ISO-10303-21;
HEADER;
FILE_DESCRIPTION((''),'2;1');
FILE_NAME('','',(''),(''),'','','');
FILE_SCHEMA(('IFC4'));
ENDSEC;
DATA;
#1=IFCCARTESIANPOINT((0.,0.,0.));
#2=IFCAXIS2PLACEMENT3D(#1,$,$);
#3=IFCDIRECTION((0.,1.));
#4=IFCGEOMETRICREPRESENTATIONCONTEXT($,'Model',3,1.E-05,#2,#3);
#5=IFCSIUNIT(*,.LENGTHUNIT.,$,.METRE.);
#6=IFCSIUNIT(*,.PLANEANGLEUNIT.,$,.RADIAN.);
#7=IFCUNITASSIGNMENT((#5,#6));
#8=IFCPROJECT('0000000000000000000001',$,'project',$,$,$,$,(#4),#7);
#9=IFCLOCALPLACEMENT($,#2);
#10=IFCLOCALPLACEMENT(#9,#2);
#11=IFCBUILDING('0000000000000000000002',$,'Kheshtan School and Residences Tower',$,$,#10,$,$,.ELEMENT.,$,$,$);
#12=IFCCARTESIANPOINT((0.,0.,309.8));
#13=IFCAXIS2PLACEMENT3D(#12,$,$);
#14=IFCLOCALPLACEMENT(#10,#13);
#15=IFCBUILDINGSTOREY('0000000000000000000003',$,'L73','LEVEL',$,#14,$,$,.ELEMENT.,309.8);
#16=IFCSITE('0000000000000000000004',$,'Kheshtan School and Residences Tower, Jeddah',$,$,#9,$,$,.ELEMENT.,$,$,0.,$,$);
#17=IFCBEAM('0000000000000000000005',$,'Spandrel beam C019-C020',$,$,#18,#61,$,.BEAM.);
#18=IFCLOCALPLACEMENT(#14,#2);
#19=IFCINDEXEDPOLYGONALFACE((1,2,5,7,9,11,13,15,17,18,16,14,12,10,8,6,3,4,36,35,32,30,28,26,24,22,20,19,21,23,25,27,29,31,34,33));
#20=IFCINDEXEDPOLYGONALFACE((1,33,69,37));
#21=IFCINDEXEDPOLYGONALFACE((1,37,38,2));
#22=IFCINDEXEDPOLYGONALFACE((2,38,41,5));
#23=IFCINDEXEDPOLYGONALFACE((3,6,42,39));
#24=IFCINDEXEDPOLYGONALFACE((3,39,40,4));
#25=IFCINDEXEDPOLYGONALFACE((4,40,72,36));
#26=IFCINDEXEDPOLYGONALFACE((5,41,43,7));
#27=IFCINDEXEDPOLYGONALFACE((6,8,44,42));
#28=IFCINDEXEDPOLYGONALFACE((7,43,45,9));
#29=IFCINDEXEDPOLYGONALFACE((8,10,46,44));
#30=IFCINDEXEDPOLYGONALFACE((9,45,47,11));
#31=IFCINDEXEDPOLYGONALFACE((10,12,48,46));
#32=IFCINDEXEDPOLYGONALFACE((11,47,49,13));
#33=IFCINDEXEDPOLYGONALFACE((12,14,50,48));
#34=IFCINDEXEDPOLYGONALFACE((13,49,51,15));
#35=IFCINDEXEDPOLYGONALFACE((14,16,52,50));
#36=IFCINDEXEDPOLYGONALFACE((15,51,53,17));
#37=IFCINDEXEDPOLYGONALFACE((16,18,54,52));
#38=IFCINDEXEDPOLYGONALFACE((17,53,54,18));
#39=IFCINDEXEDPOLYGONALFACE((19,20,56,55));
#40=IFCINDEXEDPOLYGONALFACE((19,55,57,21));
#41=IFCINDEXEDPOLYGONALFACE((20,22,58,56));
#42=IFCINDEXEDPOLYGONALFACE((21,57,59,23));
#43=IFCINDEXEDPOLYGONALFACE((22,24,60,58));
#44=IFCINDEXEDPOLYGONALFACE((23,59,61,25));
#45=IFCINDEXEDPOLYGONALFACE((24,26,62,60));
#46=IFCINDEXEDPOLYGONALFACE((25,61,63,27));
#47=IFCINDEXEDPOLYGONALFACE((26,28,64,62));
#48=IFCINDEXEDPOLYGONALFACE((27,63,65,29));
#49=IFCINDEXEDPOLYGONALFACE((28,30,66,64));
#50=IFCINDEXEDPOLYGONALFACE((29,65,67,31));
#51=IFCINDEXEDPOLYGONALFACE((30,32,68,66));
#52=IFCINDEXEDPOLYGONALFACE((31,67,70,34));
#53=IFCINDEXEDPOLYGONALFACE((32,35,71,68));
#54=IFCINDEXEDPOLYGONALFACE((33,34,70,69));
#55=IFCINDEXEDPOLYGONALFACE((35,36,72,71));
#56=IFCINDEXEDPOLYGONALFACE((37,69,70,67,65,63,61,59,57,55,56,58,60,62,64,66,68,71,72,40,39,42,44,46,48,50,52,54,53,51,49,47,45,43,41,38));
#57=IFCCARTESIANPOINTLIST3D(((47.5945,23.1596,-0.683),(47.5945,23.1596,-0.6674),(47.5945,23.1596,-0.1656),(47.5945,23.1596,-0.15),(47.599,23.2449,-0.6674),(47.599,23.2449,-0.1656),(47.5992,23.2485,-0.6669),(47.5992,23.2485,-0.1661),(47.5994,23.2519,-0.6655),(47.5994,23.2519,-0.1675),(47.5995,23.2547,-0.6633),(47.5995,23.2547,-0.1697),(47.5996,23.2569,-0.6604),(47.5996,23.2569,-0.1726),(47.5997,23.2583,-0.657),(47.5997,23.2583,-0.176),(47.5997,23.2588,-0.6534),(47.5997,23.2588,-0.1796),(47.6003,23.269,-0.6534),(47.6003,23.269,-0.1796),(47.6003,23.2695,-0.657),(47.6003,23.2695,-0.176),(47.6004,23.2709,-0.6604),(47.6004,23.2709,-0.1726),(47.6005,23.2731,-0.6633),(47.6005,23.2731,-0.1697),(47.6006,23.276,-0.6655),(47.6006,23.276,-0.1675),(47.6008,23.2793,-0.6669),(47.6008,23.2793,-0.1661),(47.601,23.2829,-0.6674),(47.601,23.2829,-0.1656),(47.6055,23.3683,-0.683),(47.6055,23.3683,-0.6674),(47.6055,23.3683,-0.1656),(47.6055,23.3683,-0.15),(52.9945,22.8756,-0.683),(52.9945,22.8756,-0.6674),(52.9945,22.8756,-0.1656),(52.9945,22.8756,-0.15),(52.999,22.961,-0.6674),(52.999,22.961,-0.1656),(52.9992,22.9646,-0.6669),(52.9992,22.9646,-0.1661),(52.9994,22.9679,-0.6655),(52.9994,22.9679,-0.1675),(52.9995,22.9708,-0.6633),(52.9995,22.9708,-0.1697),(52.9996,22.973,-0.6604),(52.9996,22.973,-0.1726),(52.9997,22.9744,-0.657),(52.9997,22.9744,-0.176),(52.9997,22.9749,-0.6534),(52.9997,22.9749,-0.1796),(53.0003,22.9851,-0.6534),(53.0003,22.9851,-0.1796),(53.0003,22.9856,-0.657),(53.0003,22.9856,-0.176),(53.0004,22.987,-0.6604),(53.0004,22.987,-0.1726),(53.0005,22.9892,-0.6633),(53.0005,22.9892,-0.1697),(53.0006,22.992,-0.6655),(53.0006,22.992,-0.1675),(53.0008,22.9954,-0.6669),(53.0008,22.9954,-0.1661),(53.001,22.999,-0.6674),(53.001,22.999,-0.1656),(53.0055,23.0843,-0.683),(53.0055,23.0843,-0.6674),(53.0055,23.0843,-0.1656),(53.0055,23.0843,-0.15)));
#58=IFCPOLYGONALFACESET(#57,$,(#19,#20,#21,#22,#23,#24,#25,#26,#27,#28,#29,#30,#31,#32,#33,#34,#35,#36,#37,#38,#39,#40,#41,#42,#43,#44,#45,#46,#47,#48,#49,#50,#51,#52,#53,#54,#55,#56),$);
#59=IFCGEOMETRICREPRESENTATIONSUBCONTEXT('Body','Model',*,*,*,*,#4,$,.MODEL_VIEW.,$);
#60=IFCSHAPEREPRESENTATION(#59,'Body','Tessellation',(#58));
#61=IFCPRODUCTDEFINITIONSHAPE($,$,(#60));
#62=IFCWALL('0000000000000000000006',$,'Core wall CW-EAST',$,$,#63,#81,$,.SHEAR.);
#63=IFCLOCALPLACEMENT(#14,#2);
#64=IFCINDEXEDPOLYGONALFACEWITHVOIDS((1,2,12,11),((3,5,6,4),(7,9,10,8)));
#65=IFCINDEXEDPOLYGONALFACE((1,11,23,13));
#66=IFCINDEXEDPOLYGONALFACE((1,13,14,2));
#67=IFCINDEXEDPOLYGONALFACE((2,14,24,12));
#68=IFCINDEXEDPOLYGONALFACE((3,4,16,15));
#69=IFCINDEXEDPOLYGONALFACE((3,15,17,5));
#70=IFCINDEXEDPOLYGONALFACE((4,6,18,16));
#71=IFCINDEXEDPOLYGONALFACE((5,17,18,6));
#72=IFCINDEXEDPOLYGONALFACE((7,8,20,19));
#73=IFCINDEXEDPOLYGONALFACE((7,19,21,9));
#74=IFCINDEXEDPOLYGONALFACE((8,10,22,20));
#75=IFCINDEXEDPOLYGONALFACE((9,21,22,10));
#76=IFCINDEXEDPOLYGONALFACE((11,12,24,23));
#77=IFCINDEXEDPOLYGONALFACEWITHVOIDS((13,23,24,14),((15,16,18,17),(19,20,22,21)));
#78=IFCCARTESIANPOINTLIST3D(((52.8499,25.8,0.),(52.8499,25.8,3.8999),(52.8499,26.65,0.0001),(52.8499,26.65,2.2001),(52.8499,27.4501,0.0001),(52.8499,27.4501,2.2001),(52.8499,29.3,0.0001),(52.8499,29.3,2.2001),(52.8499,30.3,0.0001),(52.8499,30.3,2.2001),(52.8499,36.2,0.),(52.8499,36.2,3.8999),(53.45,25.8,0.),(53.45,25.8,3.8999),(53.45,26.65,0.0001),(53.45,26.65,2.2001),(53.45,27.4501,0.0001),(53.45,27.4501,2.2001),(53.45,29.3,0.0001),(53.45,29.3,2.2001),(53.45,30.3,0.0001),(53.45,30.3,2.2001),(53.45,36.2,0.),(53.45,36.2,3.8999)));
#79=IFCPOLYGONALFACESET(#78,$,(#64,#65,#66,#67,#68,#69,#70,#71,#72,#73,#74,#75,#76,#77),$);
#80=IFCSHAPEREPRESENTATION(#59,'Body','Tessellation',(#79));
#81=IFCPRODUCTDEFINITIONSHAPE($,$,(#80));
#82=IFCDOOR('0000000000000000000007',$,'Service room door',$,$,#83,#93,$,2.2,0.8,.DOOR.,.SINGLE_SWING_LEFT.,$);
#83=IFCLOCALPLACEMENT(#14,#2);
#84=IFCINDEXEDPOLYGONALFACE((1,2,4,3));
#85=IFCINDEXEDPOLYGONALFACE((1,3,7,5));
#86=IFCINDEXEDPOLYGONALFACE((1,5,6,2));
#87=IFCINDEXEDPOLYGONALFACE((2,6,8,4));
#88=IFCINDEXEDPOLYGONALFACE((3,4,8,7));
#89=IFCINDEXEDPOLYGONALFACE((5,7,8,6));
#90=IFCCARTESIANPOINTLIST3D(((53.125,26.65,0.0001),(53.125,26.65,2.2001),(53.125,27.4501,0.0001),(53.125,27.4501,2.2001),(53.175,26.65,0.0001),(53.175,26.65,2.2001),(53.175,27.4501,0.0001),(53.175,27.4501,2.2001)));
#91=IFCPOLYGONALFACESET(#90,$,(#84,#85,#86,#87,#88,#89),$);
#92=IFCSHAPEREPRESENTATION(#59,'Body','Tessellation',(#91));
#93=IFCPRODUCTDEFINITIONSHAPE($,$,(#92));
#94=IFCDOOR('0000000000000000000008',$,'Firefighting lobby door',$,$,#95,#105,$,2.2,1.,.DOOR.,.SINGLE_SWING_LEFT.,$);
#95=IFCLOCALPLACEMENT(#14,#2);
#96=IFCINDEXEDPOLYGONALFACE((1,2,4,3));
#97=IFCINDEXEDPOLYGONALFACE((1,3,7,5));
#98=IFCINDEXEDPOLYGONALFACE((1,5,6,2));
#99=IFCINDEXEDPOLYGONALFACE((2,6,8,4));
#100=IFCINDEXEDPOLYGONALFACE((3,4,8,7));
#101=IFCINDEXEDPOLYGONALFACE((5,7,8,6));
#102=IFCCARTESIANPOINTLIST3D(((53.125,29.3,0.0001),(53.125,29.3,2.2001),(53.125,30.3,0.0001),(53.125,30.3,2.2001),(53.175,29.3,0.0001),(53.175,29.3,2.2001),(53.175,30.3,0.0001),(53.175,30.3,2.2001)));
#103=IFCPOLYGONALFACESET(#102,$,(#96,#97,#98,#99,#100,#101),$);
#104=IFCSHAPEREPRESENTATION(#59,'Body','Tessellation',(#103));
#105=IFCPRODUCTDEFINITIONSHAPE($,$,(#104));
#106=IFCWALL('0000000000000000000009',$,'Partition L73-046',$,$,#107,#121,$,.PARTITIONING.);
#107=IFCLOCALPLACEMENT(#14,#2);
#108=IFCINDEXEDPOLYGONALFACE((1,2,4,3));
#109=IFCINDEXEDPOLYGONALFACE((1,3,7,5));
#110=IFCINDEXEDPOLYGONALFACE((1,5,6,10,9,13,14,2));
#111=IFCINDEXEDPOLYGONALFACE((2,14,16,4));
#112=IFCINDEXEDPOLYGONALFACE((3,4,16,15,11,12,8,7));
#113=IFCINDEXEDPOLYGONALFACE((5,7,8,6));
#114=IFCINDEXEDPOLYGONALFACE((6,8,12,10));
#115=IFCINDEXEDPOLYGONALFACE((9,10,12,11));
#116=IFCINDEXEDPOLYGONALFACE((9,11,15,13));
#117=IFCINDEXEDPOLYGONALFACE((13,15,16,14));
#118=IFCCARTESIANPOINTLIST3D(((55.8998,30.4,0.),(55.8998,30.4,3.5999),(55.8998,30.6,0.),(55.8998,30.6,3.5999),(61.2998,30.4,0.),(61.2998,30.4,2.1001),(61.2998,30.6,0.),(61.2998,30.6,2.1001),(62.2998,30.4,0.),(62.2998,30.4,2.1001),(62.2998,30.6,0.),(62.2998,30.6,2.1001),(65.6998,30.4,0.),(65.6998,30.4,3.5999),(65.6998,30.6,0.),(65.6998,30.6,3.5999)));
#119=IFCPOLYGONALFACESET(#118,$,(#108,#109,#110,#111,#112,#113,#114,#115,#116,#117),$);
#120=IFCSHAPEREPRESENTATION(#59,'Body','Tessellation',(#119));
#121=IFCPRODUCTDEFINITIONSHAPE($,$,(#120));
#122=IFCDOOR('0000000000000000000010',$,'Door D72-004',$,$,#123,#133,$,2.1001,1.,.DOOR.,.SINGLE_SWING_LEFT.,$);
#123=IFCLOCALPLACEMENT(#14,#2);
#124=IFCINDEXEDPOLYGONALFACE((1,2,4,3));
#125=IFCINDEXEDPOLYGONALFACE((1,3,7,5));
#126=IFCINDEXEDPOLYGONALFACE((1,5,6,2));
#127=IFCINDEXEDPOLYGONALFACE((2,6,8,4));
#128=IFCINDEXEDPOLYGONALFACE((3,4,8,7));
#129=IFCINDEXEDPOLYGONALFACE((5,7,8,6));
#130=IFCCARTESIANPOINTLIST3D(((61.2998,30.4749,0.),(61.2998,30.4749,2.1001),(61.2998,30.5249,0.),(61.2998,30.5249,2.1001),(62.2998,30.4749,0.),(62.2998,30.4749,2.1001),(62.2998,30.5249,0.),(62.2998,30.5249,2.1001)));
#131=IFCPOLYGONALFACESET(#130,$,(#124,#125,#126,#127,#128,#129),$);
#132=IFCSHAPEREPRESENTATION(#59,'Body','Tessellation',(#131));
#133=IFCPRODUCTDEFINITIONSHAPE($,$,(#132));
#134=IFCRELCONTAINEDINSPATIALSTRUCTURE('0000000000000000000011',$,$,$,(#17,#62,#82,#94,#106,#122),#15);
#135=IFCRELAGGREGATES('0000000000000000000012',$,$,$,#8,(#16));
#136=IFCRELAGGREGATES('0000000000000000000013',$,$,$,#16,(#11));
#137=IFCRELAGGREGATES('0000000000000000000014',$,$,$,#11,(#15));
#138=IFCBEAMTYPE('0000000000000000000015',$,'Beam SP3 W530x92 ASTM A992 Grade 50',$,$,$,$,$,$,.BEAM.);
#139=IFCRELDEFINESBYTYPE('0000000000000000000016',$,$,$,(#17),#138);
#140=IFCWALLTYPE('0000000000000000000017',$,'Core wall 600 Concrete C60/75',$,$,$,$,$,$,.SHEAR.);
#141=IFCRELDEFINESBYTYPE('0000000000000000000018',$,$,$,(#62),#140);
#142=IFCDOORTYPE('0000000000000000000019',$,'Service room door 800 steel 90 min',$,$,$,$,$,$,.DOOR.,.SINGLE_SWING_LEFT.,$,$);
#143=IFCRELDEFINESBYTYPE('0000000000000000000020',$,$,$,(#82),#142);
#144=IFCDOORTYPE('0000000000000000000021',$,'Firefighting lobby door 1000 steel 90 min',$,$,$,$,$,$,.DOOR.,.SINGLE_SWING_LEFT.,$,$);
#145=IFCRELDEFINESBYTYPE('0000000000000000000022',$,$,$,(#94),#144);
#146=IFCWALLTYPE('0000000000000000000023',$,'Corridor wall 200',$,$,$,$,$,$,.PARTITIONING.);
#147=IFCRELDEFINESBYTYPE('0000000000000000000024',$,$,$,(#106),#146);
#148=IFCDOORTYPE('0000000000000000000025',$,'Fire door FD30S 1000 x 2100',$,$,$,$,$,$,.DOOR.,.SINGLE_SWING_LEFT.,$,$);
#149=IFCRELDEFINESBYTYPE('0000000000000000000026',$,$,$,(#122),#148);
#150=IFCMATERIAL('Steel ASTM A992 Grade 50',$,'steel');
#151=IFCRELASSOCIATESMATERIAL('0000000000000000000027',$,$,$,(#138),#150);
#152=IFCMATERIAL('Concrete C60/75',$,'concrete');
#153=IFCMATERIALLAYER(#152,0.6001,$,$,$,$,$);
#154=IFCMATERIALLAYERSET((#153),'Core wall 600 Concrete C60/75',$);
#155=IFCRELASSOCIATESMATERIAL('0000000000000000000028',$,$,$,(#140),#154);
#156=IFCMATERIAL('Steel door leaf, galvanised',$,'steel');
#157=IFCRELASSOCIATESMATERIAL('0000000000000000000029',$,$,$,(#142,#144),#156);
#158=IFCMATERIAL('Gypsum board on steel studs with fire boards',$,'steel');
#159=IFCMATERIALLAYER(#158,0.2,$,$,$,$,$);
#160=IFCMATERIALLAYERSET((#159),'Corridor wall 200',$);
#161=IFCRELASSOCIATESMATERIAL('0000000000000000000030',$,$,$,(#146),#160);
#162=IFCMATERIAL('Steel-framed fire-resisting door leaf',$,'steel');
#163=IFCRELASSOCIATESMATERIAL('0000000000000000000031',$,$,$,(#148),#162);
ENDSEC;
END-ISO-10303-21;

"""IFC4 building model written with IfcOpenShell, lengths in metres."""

from ifc_helpers import new_model, si_unit, direction, frame, frame_2d, origin, origin_2d, place, context, subcontext, project, spatial, rectangle, i_section, extrude, source, transform, mapped, material, layer, layer_set, material_profile, profile_set, type_object, element, fill, save


model = new_model("IFC4")

# Units and contexts
model_context = context("Model", 3, precision=1e-05, world=origin(), true_north=direction((0.0, 1.0)))
body_context = subcontext(model_context, "Body", "Model", "MODEL_VIEW")
ifc_project = project(units=[si_unit("LENGTHUNIT", "METRE"), si_unit("PLANEANGLEUNIT", "RADIAN")], contexts=[model_context])

# Site, building, storey
site_placement = place(None, origin())
site = spatial("IfcSite", under=ifc_project, at=site_placement, Name="Kheshtan School and Residences Tower, Jeddah", CompositionType="ELEMENT", RefElevation=0.0)
building_placement = place(site_placement, origin())
building = spatial("IfcBuilding", under=site, at=building_placement, Name="Kheshtan School and Residences Tower", CompositionType="ELEMENT")
storey_placement = place(building_placement, frame((0.0, 0.0, 309.8)))
storey = spatial("IfcBuildingStorey", under=building, at=storey_placement, Name="L73", Description="LEVEL", CompositionType="ELEMENT", Elevation=309.8)

# Shared definitions
ifc_material_1 = material(Name="Steel ASTM A992 Grade 50", Category="steel")

# Beam
ifc_material_profile_1 = material_profile(ifc_material_1, i_section(OverallWidth=0.209, OverallDepth=0.533, WebThickness=0.0103, FlangeThickness=0.0156, FilletRadius=0.0139, at=origin_2d()), Name="W530x92")
ifc_profile_set_1 = profile_set([ifc_material_profile_1], Name="Steel ASTM A992 Grade 50")
beam_type_1 = type_object("IfcBeamType", Name="Beam SP3 W530x92 ASTM A992 Grade 50", PredefinedType="BEAM", material=ifc_profile_set_1)
for number, where, z_axis, x_axis, name in (
    (1, (53.0, 22.98, -0.4165), (-0.99862, 0.052509, 0.0), (-0.052509, -0.99862, 0.0), "Spandrel beam C019-C020"),
):
    element("IfcBeam", number, at=place(storey_placement, frame(where, z_axis=z_axis, x_axis=x_axis)), inside=storey, type_object=beam_type_1, Name=name, PredefinedType="BEAM", context=body_context, shape_type="SweptSolid", body=[
        extrude(i_section(OverallWidth=0.209, OverallDepth=0.533, WebThickness=0.0103, FlangeThickness=0.0156, FilletRadius=0.0139, at=origin_2d()), origin(), (0.0, 0.0, 1.0), 5.4075),
    ])

# Wall, openings, doors
ifc_material_2 = material(Name="Concrete C60/75", Category="concrete")
ifc_layer_1 = layer(ifc_material_2, 0.6001)
ifc_layer_set_1 = layer_set([ifc_layer_1], Name="Core wall 600 Concrete C60/75")
wall_type_1 = type_object("IfcWallType", Name="Core wall 600 Concrete C60/75", PredefinedType="SHEAR", material=ifc_layer_set_1)
wall_1_placement = place(storey_placement, frame((53.1499, 25.8, 0.0), z_axis=(0.0, 0.0, 1.0), x_axis=(0.0, 1.0, 0.0)))
wall_1 = element("IfcWall", 2, at=wall_1_placement, inside=storey, type_object=wall_type_1, Name="Core wall CW-EAST", PredefinedType="SHEAR", context=body_context, shape_type="SweptSolid", body=[
    extrude(rectangle(XDim=10.3999, YDim=0.6001, at=frame_2d((5.2, 0.0))), origin(), (0.0, 0.0, 1.0), 3.8999),
])
opening_1_placement = place(wall_1_placement, frame((0.8501, 0.0, 0.0)))
opening_1 = element("IfcOpeningElement", 3, at=opening_1_placement, cuts=wall_1, PredefinedType="OPENING", context=body_context, shape_type="SweptSolid", body=[
    extrude(rectangle(XDim=0.8, YDim=2.2, at=frame_2d((0.3999, 1.1001))), frame((0.0, 0.3101, 0.0), z_axis=(0.0, -1.0, 0.0), x_axis=(1.0, 0.0, 0.0)), (0.0, 0.0, 1.0), 0.6201),
])
opening_2_placement = place(wall_1_placement, frame((3.5, 0.0, 0.0)))
opening_2 = element("IfcOpeningElement", 4, at=opening_2_placement, cuts=wall_1, PredefinedType="OPENING", context=body_context, shape_type="SweptSolid", body=[
    extrude(rectangle(XDim=1.0, YDim=2.2, at=frame_2d((0.5, 1.1001))), frame((0.0, 0.3101, 0.0), z_axis=(0.0, -1.0, 0.0), x_axis=(1.0, 0.0, 0.0)), (0.0, 0.0, 1.0), 0.6201),
])
ifc_material_3 = material(Name="Steel door leaf, galvanised", Category="steel")
door_type_1 = type_object("IfcDoorType", Name="Service room door 800 steel 90 min", OperationType="SINGLE_SWING_LEFT", PredefinedType="DOOR", material=ifc_material_3)
shared_shape_1 = source(origin(), body_context, "Body", "SweptSolid", [
    extrude(rectangle(XDim=0.8, YDim=2.2, at=frame_2d((0.3999, 1.1001))), frame((0.0, 0.0249, 0.0), z_axis=(0.0, -1.0, 0.0), x_axis=(1.0, 0.0, 0.0)), (0.0, 0.0, 1.0), 0.05),
])
door_1_placement = place(opening_1_placement, origin())
door_1 = element("IfcDoor", 5, at=door_1_placement, inside=storey, type_object=door_type_1, Name="Service room door", OperationType="SINGLE_SWING_LEFT", OverallHeight=2.2, OverallWidth=0.8, PredefinedType="DOOR", context=body_context, shape_type="MappedRepresentation", body=[
    mapped(shared_shape_1, transform((0.0, 0.0, 0.0), x_axis=(1.0, 0.0, 0.0), y_axis=(0.0, 1.0, 0.0), z_axis=(0.0, 0.0, 1.0), scale=1.0)),
])
fill(opening_1, door_1)
door_type_2 = type_object("IfcDoorType", Name="Firefighting lobby door 1000 steel 90 min", OperationType="SINGLE_SWING_LEFT", PredefinedType="DOOR", material=ifc_material_3)
shared_shape_2 = source(origin(), body_context, "Body", "SweptSolid", [
    extrude(rectangle(XDim=1.0, YDim=2.2, at=frame_2d((0.5, 1.1001))), frame((0.0, 0.0249, 0.0), z_axis=(0.0, -1.0, 0.0), x_axis=(1.0, 0.0, 0.0)), (0.0, 0.0, 1.0), 0.05),
])
door_2_placement = place(opening_2_placement, origin())
door_2 = element("IfcDoor", 6, at=door_2_placement, inside=storey, type_object=door_type_2, Name="Firefighting lobby door", OperationType="SINGLE_SWING_LEFT", OverallHeight=2.2, OverallWidth=1.0, PredefinedType="DOOR", context=body_context, shape_type="MappedRepresentation", body=[
    mapped(shared_shape_2, transform((0.0, 0.0, 0.0), x_axis=(1.0, 0.0, 0.0), y_axis=(0.0, 1.0, 0.0), z_axis=(0.0, 0.0, 1.0), scale=1.0)),
])
fill(opening_2, door_2)

# Wall, opening, door
ifc_material_4 = material(Name="Gypsum board on steel studs with fire boards", Category="steel")
ifc_layer_2 = layer(ifc_material_4, 0.2)
ifc_layer_set_2 = layer_set([ifc_layer_2], Name="Corridor wall 200")
wall_type_2 = type_object("IfcWallType", Name="Corridor wall 200", PredefinedType="PARTITIONING", material=ifc_layer_set_2)
wall_2_placement = place(storey_placement, frame((55.8999, 30.5, 0.0), z_axis=(0.0, 0.0, 1.0), x_axis=(1.0, 0.0, 0.0)))
wall_2 = element("IfcWall", 7, at=wall_2_placement, inside=storey, type_object=wall_type_2, Name="Partition L73-046", PredefinedType="PARTITIONING", context=body_context, shape_type="SweptSolid", body=[
    extrude(rectangle(XDim=9.8, YDim=0.2, at=frame_2d((4.8999, 0.0))), origin(), (0.0, 0.0, 1.0), 3.5999),
])
opening_3_placement = place(wall_2_placement, frame((5.3999, 0.0, 0.0)))
opening_3 = element("IfcOpeningElement", 8, at=opening_3_placement, cuts=wall_2, PredefinedType="OPENING", context=body_context, shape_type="SweptSolid", body=[
    extrude(rectangle(XDim=1.0, YDim=2.1001, at=frame_2d((0.5, 1.05))), frame((0.0, 0.1099, 0.0), z_axis=(0.0, -1.0, 0.0), x_axis=(1.0, 0.0, 0.0)), (0.0, 0.0, 1.0), 0.22),
])
ifc_material_5 = material(Name="Steel-framed fire-resisting door leaf", Category="steel")
door_type_3 = type_object("IfcDoorType", Name="Fire door FD30S 1000 x 2100", OperationType="SINGLE_SWING_LEFT", PredefinedType="DOOR", material=ifc_material_5)
shared_shape_3 = source(origin(), body_context, "Body", "SweptSolid", [
    extrude(rectangle(XDim=1.0, YDim=2.1001, at=frame_2d((0.5, 1.05))), frame((0.0, 0.0249, 0.0), z_axis=(0.0, -1.0, 0.0), x_axis=(1.0, 0.0, 0.0)), (0.0, 0.0, 1.0), 0.05),
])
door_3_placement = place(opening_3_placement, origin())
door_3 = element("IfcDoor", 9, at=door_3_placement, inside=storey, type_object=door_type_3, Name="Door D72-004", OperationType="SINGLE_SWING_LEFT", OverallHeight=2.1001, OverallWidth=1.0, PredefinedType="DOOR", context=body_context, shape_type="MappedRepresentation", body=[
    mapped(shared_shape_3, transform((0.0, 0.0, 0.0), x_axis=(1.0, 0.0, 0.0), y_axis=(0.0, 1.0, 0.0), z_axis=(0.0, 0.0, 1.0), scale=1.0)),
])
fill(opening_3, door_3)

save(model, "model.ifc")
